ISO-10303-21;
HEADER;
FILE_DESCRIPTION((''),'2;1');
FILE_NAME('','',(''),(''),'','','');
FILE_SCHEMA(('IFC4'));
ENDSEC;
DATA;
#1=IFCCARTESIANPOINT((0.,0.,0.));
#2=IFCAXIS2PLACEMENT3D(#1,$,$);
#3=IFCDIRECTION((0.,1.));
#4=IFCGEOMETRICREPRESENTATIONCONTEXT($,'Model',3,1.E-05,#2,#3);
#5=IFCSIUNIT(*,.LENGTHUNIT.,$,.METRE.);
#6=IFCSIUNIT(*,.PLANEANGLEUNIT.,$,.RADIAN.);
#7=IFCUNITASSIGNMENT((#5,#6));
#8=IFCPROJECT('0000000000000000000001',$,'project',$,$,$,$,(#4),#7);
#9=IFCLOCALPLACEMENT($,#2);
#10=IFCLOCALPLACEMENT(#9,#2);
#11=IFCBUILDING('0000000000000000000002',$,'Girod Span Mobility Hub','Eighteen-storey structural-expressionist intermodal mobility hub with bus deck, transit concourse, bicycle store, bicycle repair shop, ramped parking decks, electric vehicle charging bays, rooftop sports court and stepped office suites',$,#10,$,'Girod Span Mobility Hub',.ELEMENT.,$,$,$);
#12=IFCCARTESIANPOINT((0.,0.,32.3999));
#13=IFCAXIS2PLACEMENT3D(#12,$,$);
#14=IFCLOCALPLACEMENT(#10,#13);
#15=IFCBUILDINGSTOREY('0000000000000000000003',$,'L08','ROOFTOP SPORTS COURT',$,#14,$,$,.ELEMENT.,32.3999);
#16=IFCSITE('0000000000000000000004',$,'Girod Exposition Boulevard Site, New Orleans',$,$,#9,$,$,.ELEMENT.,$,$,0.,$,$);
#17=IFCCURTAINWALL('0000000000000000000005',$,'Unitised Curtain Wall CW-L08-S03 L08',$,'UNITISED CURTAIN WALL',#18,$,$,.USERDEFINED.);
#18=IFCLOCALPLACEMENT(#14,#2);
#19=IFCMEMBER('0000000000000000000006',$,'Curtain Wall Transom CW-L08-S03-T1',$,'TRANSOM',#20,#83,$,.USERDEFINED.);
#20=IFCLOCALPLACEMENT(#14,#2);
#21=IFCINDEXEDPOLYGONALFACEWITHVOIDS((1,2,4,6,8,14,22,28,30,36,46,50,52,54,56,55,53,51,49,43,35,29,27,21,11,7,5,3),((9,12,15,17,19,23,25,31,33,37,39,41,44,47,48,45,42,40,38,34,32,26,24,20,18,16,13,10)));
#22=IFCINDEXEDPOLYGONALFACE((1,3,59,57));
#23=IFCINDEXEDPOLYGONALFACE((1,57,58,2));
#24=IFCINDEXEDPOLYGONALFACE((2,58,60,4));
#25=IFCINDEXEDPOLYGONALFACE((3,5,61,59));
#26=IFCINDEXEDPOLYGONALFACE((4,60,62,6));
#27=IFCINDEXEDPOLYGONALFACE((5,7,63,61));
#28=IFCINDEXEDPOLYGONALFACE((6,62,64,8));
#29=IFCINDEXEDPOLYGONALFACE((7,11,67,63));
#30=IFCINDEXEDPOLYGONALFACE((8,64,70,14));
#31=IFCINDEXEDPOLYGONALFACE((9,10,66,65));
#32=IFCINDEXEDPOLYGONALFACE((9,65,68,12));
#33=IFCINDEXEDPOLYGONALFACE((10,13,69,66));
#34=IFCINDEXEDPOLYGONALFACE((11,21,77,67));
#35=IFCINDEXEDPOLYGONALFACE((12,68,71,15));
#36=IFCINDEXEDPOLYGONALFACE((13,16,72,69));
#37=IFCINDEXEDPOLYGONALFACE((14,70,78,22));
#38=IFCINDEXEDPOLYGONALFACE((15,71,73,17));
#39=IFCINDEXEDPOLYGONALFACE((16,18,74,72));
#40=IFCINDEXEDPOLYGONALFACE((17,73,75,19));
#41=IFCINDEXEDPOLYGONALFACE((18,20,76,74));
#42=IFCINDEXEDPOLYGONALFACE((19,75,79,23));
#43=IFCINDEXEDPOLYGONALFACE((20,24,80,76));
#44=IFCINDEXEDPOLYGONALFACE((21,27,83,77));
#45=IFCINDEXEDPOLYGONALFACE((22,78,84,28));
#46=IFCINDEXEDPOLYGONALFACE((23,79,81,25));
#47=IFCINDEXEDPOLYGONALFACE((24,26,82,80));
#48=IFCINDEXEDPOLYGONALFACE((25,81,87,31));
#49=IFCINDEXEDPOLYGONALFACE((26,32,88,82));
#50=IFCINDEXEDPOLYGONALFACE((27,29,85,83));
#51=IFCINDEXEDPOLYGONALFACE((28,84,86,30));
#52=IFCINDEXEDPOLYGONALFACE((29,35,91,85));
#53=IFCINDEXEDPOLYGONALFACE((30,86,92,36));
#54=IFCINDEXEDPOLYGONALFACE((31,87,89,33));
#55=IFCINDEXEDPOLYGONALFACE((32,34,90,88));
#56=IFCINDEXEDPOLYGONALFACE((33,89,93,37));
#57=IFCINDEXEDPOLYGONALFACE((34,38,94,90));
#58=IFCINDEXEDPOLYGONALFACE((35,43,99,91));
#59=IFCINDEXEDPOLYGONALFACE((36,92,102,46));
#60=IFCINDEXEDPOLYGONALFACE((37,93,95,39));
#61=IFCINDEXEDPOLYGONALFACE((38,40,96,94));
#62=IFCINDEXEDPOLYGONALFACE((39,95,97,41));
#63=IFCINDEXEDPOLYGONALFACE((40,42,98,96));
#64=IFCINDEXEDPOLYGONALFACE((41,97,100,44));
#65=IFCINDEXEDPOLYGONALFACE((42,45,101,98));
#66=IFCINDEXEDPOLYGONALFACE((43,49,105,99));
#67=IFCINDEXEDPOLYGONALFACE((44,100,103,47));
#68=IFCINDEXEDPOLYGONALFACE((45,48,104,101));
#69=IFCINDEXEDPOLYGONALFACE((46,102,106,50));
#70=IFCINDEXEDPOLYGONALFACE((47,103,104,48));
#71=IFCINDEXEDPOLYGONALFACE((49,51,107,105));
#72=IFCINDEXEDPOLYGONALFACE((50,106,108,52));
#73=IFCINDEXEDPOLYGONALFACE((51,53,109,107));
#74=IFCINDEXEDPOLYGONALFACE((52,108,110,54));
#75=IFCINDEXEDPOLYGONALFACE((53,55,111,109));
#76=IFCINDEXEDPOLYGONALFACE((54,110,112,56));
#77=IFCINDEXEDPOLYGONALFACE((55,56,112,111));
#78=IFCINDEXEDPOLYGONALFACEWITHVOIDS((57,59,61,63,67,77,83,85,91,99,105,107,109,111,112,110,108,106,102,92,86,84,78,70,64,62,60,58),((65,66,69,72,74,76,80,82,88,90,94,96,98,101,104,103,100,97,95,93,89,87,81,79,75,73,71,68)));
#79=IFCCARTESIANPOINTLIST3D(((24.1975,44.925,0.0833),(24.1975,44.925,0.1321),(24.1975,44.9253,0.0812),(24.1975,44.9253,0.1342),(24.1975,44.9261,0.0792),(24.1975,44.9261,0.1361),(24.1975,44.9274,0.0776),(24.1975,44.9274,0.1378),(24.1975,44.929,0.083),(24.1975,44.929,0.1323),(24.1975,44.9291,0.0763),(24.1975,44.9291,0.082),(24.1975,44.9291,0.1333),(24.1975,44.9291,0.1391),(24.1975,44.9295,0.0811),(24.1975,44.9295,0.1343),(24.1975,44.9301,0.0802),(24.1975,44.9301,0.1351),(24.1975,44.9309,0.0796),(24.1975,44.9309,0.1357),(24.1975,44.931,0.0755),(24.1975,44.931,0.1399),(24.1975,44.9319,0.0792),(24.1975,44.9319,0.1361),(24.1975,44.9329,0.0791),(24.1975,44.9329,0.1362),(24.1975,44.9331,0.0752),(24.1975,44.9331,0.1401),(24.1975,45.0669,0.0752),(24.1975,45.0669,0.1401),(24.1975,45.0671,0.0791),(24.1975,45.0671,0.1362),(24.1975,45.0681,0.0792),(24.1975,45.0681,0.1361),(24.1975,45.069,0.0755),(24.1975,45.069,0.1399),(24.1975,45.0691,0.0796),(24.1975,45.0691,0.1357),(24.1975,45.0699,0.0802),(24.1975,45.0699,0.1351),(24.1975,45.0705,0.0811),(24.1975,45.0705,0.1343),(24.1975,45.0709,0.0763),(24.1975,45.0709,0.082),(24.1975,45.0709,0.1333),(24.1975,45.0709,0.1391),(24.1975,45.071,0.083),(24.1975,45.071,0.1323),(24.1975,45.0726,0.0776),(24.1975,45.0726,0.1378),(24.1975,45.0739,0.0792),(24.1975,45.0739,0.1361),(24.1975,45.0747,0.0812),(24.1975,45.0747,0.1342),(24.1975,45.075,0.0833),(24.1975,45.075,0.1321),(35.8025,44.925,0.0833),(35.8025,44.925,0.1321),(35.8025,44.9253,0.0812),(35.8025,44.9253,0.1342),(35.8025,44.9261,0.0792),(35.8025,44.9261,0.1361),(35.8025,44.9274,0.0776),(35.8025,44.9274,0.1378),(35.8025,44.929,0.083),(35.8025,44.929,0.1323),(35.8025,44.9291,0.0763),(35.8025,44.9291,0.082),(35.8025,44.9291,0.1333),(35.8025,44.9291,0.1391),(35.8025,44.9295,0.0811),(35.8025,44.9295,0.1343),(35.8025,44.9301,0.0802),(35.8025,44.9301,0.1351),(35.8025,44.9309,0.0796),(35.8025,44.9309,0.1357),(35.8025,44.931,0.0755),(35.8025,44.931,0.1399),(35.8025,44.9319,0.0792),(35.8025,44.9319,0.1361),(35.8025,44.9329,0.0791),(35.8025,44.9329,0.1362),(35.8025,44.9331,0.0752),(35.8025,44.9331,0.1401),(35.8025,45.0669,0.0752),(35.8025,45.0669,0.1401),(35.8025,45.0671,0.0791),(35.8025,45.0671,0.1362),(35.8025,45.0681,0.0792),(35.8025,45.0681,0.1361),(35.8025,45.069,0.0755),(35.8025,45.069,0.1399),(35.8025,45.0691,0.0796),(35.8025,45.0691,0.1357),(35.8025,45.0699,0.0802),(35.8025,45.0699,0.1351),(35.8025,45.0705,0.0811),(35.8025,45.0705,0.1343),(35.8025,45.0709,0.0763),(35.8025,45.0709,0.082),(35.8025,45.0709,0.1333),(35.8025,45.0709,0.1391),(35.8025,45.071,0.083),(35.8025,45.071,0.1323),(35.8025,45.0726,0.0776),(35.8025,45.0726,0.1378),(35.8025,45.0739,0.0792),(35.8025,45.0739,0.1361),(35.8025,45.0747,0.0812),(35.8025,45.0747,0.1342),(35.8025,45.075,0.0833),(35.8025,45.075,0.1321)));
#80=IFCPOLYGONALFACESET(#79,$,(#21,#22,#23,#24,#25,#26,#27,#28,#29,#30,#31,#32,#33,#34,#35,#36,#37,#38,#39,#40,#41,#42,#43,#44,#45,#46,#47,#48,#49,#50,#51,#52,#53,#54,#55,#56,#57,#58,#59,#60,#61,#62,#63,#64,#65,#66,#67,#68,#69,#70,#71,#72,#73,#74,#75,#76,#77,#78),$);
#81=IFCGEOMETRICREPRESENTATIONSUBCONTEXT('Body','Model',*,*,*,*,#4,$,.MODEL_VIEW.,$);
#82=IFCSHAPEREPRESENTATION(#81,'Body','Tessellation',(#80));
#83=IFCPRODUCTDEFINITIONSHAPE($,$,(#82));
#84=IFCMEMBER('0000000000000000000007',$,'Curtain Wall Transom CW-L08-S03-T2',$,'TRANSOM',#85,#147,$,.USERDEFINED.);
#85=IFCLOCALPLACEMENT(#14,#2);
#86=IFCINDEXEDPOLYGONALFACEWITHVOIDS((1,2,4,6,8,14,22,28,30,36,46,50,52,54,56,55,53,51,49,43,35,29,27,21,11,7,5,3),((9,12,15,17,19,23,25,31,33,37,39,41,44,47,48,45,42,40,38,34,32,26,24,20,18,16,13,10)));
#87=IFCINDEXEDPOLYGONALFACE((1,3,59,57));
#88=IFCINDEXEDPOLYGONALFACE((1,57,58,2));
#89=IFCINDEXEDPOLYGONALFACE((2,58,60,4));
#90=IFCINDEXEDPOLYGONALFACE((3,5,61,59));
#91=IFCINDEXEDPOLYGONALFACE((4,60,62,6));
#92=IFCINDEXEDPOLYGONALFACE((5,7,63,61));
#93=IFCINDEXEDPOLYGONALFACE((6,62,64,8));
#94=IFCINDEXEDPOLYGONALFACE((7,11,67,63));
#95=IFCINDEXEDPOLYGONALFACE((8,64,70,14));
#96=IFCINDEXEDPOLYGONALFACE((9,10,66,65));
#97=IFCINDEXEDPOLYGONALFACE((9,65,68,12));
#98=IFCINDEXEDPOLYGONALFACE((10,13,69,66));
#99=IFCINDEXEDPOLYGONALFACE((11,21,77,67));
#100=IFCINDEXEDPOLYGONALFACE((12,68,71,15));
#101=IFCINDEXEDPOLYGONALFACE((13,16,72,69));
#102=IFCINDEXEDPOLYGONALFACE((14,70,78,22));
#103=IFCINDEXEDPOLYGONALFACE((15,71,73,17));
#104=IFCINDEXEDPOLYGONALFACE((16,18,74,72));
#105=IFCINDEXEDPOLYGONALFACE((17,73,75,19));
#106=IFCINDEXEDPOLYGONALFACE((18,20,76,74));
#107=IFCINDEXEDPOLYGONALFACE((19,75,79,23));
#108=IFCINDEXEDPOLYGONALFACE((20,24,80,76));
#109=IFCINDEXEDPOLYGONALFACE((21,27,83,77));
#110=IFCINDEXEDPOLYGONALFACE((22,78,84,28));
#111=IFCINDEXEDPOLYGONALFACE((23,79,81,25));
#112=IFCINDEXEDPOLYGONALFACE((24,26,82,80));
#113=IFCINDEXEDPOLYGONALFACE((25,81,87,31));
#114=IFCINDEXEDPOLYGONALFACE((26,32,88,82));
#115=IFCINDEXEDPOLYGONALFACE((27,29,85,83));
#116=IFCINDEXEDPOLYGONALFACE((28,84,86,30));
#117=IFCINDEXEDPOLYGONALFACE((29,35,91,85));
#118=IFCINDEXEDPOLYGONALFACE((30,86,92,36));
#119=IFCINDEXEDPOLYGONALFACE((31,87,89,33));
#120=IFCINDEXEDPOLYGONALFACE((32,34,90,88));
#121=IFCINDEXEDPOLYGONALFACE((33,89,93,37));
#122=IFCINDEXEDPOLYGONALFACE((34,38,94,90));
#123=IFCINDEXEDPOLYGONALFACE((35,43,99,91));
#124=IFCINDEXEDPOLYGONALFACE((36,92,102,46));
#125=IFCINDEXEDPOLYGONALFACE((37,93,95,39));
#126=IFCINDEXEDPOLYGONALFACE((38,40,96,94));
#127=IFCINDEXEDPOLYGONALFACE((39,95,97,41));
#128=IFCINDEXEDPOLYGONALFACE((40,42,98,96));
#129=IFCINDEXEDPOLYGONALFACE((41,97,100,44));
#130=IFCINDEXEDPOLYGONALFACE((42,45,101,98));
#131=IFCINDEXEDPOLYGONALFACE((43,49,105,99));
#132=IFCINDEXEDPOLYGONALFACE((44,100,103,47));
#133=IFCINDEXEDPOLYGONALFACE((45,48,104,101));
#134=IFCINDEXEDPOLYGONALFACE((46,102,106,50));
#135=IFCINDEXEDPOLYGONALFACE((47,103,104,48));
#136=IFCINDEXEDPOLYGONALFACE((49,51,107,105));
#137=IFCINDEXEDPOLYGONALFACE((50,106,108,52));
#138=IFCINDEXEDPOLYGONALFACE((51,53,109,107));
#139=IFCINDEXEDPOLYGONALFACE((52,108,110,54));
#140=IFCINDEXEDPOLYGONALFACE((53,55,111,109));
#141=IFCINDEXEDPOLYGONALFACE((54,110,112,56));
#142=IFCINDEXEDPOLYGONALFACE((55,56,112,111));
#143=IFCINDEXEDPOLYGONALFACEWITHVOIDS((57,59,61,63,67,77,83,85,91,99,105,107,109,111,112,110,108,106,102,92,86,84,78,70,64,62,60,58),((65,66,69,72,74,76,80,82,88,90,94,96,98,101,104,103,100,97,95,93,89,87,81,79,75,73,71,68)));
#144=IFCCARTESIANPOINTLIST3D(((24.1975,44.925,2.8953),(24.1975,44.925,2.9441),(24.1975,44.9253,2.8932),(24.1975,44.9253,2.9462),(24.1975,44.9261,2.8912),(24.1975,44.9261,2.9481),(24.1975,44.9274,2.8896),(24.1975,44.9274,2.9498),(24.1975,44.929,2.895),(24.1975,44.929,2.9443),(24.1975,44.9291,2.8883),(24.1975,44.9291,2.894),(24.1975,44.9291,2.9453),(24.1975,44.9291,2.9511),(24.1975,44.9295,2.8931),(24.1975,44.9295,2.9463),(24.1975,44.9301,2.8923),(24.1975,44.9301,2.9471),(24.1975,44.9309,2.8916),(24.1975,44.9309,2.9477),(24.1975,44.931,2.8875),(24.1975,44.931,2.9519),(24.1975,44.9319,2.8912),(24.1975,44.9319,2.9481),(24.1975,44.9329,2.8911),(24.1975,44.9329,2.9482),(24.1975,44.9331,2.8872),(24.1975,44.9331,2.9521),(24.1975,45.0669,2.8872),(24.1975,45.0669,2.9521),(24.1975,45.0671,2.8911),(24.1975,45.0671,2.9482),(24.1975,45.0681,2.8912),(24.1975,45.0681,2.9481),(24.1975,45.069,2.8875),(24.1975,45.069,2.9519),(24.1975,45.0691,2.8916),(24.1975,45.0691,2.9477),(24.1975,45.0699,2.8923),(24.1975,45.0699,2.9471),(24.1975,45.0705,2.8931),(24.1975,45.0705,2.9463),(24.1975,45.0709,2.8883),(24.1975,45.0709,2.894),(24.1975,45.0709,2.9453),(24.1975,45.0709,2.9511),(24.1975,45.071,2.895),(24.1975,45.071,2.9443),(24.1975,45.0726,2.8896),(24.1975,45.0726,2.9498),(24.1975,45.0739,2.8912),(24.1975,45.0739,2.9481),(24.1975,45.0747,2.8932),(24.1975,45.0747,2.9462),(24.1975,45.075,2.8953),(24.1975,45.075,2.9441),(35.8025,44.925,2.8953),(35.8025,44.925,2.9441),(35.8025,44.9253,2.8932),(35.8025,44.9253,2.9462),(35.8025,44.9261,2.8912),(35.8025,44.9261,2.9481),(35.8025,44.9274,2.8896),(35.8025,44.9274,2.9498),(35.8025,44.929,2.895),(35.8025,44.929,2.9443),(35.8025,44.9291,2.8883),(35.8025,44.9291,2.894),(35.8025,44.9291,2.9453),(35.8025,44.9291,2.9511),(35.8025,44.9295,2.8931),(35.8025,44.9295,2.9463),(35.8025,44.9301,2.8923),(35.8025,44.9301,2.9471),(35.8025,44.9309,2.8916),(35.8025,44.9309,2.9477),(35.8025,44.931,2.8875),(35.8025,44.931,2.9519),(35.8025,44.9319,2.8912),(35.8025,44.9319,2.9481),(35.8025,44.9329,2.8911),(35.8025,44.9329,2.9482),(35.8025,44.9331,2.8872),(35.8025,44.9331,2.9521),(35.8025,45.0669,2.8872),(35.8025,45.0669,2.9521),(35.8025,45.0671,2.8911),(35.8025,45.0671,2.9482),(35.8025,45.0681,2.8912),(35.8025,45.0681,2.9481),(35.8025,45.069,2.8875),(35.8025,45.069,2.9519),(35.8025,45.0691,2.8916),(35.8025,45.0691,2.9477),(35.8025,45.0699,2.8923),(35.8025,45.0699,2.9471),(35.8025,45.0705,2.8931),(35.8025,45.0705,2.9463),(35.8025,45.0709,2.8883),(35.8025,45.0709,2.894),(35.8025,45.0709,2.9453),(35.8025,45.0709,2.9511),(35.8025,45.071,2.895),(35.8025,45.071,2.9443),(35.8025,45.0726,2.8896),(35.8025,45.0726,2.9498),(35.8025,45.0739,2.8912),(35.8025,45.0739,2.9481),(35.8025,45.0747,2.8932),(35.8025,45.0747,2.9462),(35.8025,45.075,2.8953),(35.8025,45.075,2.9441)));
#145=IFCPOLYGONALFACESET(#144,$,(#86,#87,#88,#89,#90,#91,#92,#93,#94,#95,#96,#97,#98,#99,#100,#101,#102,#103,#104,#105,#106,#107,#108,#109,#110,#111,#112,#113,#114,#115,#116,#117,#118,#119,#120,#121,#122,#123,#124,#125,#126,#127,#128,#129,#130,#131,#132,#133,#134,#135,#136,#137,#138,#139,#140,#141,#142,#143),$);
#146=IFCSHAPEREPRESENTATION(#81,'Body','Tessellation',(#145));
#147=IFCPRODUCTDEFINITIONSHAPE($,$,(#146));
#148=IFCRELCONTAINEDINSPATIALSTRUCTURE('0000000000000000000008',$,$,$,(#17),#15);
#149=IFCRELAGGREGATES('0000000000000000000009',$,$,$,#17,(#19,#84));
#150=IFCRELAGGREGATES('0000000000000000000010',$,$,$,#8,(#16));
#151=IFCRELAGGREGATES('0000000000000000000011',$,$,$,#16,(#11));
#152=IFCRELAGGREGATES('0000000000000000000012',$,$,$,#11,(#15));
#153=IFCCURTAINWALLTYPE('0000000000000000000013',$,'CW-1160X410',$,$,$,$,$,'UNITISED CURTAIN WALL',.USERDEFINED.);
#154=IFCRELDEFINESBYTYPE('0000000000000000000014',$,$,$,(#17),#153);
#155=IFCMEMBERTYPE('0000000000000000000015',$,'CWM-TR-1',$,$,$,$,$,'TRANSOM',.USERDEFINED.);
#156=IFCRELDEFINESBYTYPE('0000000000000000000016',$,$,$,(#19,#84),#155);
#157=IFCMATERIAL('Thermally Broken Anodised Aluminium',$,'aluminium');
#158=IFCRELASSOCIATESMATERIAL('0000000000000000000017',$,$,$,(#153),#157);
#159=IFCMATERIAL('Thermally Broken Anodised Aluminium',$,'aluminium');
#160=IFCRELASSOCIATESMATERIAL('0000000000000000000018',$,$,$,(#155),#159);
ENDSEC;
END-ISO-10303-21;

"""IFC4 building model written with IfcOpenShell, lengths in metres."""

from ifc_helpers import new_model, si_unit, direction, frame, origin, origin_2d, place, context, subcontext, project, spatial, hollow_rectangle, extrude, material, material_profile, profile_set, type_object, element, aggregate, save


model = new_model("IFC4")

# Units and contexts
model_context = context("Model", 3, precision=1e-05, world=origin(), true_north=direction((0.0, 1.0)))
body_context = subcontext(model_context, "Body", "Model", "MODEL_VIEW")
ifc_project = project(units=[si_unit("LENGTHUNIT", "METRE"), si_unit("PLANEANGLEUNIT", "RADIAN")], contexts=[model_context])

# Site, building, storey
site_placement = place(None, origin())
site = spatial("IfcSite", under=ifc_project, at=site_placement, Name="Girod Exposition Boulevard Site, New Orleans", CompositionType="ELEMENT", RefElevation=0.0)
building_placement = place(site_placement, origin())
building = spatial("IfcBuilding", under=site, at=building_placement, Name="Girod Span Mobility Hub", Description="Eighteen-storey structural-expressionist intermodal mobility hub with bus deck, transit concourse, bicycle store, bicycle repair shop, ramped parking decks, electric vehicle charging bays, rooftop sports court and stepped office suites", LongName="Girod Span Mobility Hub", CompositionType="ELEMENT")
storey_placement = place(building_placement, frame((0.0, 0.0, 32.3999)))
storey = spatial("IfcBuildingStorey", under=building, at=storey_placement, Name="L08", Description="ROOFTOP SPORTS COURT", CompositionType="ELEMENT", Elevation=32.3999)

# Curtain wall, members
ifc_material_1 = material(Name="Thermally Broken Anodised Aluminium", Category="aluminium")
curtain_wall_type = type_object("IfcCurtainWallType", Name="CW-1160X410", ElementType="UNITISED CURTAIN WALL", PredefinedType="USERDEFINED", material=ifc_material_1)
curtain_wall_placement = place(storey_placement, origin())
curtain_wall = element("IfcCurtainWall", 1, at=curtain_wall_placement, inside=storey, type_object=curtain_wall_type, Name="Unitised Curtain Wall CW-L08-S03 L08", ObjectType="UNITISED CURTAIN WALL", PredefinedType="USERDEFINED")
ifc_material_2 = material(Name="Thermally Broken Anodised Aluminium", Category="aluminium")
ifc_material_profile_1 = material_profile(ifc_material_2, hollow_rectangle(XDim=0.1499, YDim=0.0649, WallThickness=0.0039, InnerFilletRadius=0.0039, OuterFilletRadius=0.0081, at=origin_2d()), Name="CW-TR-65X150")
ifc_profile_set_1 = profile_set([ifc_material_profile_1], Name="Thermally Broken Anodised Aluminium")
member_type_1 = type_object("IfcMemberType", Name="CWM-TR-1", ElementType="TRANSOM", PredefinedType="USERDEFINED", material=ifc_profile_set_1)
member_1_placement = place(storey_placement, frame((24.1975, 45.0, 0.1077), z_axis=(1.0, 0.0, 0.0), x_axis=(0.0, 1.0, 0.0)))
member_1 = element("IfcMember", 2, at=member_1_placement, type_object=member_type_1, Name="Curtain Wall Transom CW-L08-S03-T1", ObjectType="TRANSOM", PredefinedType="USERDEFINED", context=body_context, shape_type="SweptSolid", body=[
    extrude(hollow_rectangle(XDim=0.1499, YDim=0.0649, WallThickness=0.0039, InnerFilletRadius=0.0039, OuterFilletRadius=0.0081, at=origin_2d()), origin(), (0.0, 0.0, 1.0), 11.605),
])
member_2_placement = place(storey_placement, frame((24.1975, 45.0, 2.9197), z_axis=(1.0, 0.0, 0.0), x_axis=(0.0, 1.0, 0.0)))
member_2 = element("IfcMember", 3, at=member_2_placement, type_object=member_type_1, Name="Curtain Wall Transom CW-L08-S03-T2", ObjectType="TRANSOM", PredefinedType="USERDEFINED", context=body_context, shape_type="SweptSolid", body=[
    extrude(hollow_rectangle(XDim=0.1499, YDim=0.0649, WallThickness=0.0039, InnerFilletRadius=0.0039, OuterFilletRadius=0.0081, at=origin_2d()), origin(), (0.0, 0.0, 1.0), 11.605),
])
aggregate(curtain_wall, [member_1, member_2])

save(model, "model.ifc")
